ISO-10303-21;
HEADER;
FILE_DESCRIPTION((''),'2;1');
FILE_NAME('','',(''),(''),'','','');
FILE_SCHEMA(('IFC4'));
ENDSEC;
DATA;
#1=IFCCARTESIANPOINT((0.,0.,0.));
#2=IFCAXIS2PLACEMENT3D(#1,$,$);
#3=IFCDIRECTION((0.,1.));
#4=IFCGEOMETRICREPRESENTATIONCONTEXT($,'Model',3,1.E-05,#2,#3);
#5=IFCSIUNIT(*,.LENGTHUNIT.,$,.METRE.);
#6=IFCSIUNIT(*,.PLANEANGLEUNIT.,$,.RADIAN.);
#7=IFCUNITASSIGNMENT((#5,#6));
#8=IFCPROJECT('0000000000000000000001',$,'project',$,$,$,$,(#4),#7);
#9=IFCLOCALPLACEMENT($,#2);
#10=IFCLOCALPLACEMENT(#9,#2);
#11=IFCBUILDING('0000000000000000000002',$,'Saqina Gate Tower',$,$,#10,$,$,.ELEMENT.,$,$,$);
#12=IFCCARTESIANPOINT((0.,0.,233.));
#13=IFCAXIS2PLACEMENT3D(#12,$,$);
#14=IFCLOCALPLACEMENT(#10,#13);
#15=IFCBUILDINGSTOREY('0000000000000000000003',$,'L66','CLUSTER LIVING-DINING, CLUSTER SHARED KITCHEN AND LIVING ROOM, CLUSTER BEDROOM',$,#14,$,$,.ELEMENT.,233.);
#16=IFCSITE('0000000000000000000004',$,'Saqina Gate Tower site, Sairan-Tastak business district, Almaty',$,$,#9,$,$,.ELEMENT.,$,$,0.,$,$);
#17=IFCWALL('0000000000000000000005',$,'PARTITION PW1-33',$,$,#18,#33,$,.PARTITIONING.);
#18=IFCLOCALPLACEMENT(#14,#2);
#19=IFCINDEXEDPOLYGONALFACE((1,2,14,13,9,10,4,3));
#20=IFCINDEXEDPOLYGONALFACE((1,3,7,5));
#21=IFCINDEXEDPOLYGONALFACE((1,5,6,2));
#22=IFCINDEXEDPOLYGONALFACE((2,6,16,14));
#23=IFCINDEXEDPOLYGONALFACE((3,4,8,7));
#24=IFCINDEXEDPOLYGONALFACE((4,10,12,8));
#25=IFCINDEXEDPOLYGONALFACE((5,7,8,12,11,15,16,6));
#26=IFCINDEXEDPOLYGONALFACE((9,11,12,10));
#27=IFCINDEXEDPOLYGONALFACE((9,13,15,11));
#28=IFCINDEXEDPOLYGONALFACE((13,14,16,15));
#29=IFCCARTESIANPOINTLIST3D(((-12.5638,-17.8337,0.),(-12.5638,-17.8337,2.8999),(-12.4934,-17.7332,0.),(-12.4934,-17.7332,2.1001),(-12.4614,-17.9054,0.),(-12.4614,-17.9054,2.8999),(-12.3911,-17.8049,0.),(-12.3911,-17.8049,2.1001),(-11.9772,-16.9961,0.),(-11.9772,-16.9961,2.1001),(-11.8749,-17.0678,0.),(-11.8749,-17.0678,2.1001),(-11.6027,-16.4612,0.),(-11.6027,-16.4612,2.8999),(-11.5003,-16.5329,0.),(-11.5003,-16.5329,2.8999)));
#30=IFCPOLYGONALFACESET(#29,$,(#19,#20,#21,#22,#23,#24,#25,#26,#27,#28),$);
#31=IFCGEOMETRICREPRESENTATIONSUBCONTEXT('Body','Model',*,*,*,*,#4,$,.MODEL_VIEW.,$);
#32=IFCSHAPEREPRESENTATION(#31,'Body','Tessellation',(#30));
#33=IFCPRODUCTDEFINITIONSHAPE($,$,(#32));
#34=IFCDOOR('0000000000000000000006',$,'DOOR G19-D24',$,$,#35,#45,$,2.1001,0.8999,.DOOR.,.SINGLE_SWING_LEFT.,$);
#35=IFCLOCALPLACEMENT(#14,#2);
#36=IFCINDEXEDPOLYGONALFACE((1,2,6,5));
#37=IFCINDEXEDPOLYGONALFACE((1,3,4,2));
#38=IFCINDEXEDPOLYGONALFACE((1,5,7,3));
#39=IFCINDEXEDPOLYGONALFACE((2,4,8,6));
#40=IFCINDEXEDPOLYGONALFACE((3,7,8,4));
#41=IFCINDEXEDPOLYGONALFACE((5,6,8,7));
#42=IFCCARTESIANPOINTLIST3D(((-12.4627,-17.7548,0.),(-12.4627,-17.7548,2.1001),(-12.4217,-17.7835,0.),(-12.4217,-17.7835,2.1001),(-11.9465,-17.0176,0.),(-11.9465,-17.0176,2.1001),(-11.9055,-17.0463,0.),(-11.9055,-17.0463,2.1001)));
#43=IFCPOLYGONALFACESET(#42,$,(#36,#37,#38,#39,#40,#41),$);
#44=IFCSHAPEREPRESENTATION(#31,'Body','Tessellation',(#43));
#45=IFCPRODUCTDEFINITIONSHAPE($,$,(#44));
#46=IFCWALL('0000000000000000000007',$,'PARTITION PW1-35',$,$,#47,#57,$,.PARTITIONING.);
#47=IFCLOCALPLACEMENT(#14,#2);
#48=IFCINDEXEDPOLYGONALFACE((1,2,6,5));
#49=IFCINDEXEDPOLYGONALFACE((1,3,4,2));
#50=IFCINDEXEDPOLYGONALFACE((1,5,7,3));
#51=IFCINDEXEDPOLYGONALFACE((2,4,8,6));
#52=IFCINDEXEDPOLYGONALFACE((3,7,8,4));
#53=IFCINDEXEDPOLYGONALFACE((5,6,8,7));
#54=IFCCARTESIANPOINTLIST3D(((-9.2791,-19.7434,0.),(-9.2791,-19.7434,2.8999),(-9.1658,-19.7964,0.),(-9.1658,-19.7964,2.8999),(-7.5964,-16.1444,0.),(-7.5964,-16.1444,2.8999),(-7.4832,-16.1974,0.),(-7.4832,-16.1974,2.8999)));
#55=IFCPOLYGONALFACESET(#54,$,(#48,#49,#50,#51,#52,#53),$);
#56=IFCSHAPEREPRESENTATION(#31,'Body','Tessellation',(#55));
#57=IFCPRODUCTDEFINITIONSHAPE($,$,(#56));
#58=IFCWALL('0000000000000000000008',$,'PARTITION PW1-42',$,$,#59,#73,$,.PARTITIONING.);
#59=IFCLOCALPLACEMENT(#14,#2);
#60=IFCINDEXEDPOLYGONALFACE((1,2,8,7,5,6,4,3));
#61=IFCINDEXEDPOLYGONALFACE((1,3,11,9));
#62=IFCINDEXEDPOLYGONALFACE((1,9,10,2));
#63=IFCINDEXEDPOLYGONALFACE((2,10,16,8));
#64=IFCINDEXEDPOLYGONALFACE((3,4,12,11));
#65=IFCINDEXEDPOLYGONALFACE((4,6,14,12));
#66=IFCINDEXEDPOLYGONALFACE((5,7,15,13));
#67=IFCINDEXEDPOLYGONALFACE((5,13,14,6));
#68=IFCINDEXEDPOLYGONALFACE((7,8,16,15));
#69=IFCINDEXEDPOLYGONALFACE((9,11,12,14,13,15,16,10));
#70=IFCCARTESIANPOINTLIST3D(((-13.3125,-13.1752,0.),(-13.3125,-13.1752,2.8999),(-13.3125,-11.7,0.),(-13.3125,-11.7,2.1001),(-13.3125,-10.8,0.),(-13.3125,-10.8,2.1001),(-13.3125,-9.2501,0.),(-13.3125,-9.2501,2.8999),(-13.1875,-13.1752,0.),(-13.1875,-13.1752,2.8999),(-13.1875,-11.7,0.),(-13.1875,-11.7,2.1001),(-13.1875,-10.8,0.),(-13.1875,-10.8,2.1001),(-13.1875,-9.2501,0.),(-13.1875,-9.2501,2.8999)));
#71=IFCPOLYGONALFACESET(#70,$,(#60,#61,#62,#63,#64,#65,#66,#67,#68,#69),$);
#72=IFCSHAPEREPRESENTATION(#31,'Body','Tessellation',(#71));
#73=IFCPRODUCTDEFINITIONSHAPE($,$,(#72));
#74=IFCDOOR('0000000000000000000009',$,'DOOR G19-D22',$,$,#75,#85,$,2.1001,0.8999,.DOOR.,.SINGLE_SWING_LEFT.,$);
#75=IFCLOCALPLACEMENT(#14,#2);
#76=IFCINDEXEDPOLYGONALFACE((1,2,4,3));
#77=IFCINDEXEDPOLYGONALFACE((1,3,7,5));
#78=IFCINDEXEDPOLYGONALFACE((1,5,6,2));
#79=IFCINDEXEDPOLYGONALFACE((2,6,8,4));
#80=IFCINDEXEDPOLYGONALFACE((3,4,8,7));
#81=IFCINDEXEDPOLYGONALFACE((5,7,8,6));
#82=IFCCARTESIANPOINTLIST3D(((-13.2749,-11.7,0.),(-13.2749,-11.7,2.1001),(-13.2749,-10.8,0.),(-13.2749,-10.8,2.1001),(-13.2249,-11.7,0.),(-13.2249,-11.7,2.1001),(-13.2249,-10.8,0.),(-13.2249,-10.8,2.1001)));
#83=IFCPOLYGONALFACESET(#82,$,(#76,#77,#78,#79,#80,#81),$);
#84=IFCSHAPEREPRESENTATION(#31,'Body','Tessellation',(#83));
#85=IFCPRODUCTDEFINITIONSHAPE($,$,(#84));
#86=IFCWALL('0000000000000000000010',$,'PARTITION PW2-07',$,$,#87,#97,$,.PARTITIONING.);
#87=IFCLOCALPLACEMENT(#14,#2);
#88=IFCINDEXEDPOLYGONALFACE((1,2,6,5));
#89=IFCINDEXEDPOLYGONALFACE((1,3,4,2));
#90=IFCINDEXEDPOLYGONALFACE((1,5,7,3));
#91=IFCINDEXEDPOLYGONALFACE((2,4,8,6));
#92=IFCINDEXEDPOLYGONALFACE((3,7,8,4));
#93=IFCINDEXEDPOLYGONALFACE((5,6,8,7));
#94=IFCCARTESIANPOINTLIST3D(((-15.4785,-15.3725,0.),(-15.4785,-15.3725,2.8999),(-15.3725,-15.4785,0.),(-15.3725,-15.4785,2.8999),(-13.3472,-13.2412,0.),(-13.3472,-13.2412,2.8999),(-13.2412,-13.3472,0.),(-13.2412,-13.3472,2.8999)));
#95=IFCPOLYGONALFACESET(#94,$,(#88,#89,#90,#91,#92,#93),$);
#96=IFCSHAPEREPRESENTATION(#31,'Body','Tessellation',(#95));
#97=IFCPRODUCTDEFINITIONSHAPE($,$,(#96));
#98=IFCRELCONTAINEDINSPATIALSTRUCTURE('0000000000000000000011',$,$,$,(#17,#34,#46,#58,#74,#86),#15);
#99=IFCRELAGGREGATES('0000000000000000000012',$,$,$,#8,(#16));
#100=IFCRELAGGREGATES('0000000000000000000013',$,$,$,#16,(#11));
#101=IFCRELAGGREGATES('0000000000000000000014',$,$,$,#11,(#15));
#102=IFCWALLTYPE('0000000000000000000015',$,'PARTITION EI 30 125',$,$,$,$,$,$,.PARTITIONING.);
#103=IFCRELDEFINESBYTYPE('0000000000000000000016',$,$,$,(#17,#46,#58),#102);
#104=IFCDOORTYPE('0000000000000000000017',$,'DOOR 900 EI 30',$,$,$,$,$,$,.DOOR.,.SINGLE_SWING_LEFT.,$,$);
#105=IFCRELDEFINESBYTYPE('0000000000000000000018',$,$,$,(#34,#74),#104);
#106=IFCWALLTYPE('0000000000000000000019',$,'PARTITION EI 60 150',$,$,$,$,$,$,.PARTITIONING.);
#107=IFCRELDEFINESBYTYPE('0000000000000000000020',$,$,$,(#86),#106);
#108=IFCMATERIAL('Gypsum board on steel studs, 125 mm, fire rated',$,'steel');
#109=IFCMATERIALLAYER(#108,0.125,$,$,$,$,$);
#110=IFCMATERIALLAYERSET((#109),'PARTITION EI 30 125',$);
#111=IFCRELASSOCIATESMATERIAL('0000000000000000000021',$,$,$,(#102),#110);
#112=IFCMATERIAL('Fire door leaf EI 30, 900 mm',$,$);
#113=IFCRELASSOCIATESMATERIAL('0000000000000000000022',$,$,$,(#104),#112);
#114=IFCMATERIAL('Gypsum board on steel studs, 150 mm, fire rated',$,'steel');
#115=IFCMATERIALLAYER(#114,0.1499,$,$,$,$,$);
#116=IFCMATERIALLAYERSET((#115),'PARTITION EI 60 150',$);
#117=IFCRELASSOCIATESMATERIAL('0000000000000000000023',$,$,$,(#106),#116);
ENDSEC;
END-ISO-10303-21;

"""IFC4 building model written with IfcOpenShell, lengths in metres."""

from ifc_helpers import new_model, si_unit, direction, frame, frame_2d, origin, place, context, subcontext, project, spatial, rectangle, extrude, material, layer, layer_set, type_object, element, fill, save


model = new_model("IFC4")

# Units and contexts
model_context = context("Model", 3, precision=1e-05, world=origin(), true_north=direction((0.0, 1.0)))
body_context = subcontext(model_context, "Body", "Model", "MODEL_VIEW")
ifc_project = project(units=[si_unit("LENGTHUNIT", "METRE"), si_unit("PLANEANGLEUNIT", "RADIAN")], contexts=[model_context])

# Site, building, storey
site_placement = place(None, origin())
site = spatial("IfcSite", under=ifc_project, at=site_placement, Name="Saqina Gate Tower site, Sairan-Tastak business district, Almaty", CompositionType="ELEMENT", RefElevation=0.0)
building_placement = place(site_placement, origin())
building = spatial("IfcBuilding", under=site, at=building_placement, Name="Saqina Gate Tower", CompositionType="ELEMENT")
storey_placement = place(building_placement, frame((0.0, 0.0, 233.0)))
storey = spatial("IfcBuildingStorey", under=building, at=storey_placement, Name="L66", Description="CLUSTER LIVING-DINING, CLUSTER SHARED KITCHEN AND LIVING ROOM, CLUSTER BEDROOM", CompositionType="ELEMENT", Elevation=233.0)

# Shared definitions
ifc_material_1 = material(Name="Gypsum board on steel studs, 125 mm, fire rated", Category="steel")
ifc_layer_1 = layer(ifc_material_1, 0.125)
ifc_layer_set_1 = layer_set([ifc_layer_1], Name="PARTITION EI 30 125")
wall_type_1 = type_object("IfcWallType", Name="PARTITION EI 30 125", PredefinedType="PARTITIONING", material=ifc_layer_set_1)

# Wall, opening, door
ifc_material_2 = material(Name="Fire door leaf EI 30, 900 mm")
door_type_1 = type_object("IfcDoorType", Name="DOOR 900 EI 30", OperationType="SINGLE_SWING_LEFT", PredefinedType="DOOR", material=ifc_material_2)
wall_1_placement = place(storey_placement, frame((-12.5127, -17.8696, 0.0), z_axis=(0.0, 0.0, 1.0), x_axis=(0.573619, 0.819122, 0.0)))
wall_1 = element("IfcWall", 1, at=wall_1_placement, inside=storey, type_object=wall_type_1, Name="PARTITION PW1-33", PredefinedType="PARTITIONING", context=body_context, shape_type="SweptSolid", body=[
    extrude(rectangle(XDim=1.6755, YDim=0.125, at=frame_2d((0.8379, 0.0))), origin(), (0.0, 0.0, 1.0), 2.8999),
])
opening_1_placement = place(wall_1_placement, frame((0.1228, 0.0, 0.0)))
opening_1 = element("IfcOpeningElement", 2, at=opening_1_placement, cuts=wall_1, PredefinedType="OPENING", context=body_context, shape_type="SweptSolid", body=[
    extrude(rectangle(XDim=0.8999, YDim=2.1001, at=frame_2d((0.45, 1.05))), frame((0.0, 0.0745, 0.0), z_axis=(0.0, -1.0, 0.0), x_axis=(1.0, 0.0, 0.0)), (0.0, 0.0, 1.0), 0.1489),
])
door_1_placement = place(opening_1_placement, origin())
door_1 = element("IfcDoor", 3, at=door_1_placement, inside=storey, type_object=door_type_1, Name="DOOR G19-D24", OperationType="SINGLE_SWING_LEFT", OverallHeight=2.1001, OverallWidth=0.8999, PredefinedType="DOOR", context=body_context, shape_type="SweptSolid", body=[
    extrude(rectangle(XDim=0.8999, YDim=2.1001, at=frame_2d((0.45, 1.05))), frame((0.0, 0.0249, 0.0), z_axis=(0.0, -1.0, 0.0), x_axis=(1.0, 0.0, 0.0)), (0.0, 0.0, 1.0), 0.05),
])
fill(opening_1, door_1)

# Wall
wall_2_placement = place(storey_placement, frame((-9.2224, -19.7698, 0.0), z_axis=(0.0, 0.0, 1.0), x_axis=(0.423535, 0.90588, 0.0)))
element("IfcWall", 4, at=wall_2_placement, inside=storey, type_object=wall_type_1, Name="PARTITION PW1-35", PredefinedType="PARTITIONING", context=body_context, shape_type="SweptSolid", body=[
    extrude(rectangle(XDim=3.9729, YDim=0.125, at=frame_2d((1.9863, 0.0))), origin(), (0.0, 0.0, 1.0), 2.8999),
])

# Wall, opening, door
wall_3_placement = place(storey_placement, frame((-13.25, -13.175, 0.0), z_axis=(0.0, 0.0, 1.0), x_axis=(0.0, 1.0, 0.0)))
wall_3 = element("IfcWall", 5, at=wall_3_placement, inside=storey, type_object=wall_type_1, Name="PARTITION PW1-42", PredefinedType="PARTITIONING", context=body_context, shape_type="SweptSolid", body=[
    extrude(rectangle(XDim=3.925, YDim=0.125, at=frame_2d((1.9624, 0.0))), origin(), (0.0, 0.0, 1.0), 2.8999),
])
opening_2_placement = place(wall_3_placement, frame((1.4751, 0.0, 0.0)))
opening_2 = element("IfcOpeningElement", 6, at=opening_2_placement, cuts=wall_3, PredefinedType="OPENING", context=body_context, shape_type="SweptSolid", body=[
    extrude(rectangle(XDim=0.8999, YDim=2.1001, at=frame_2d((0.45, 1.05))), frame((0.0, 0.0745, 0.0), z_axis=(0.0, -1.0, 0.0), x_axis=(1.0, 0.0, 0.0)), (0.0, 0.0, 1.0), 0.1489),
])
door_2_placement = place(opening_2_placement, origin())
door_2 = element("IfcDoor", 7, at=door_2_placement, inside=storey, type_object=door_type_1, Name="DOOR G19-D22", OperationType="SINGLE_SWING_LEFT", OverallHeight=2.1001, OverallWidth=0.8999, PredefinedType="DOOR", context=body_context, shape_type="SweptSolid", body=[
    extrude(rectangle(XDim=0.8999, YDim=2.1001, at=frame_2d((0.45, 1.05))), frame((0.0, 0.0249, 0.0), z_axis=(0.0, -1.0, 0.0), x_axis=(1.0, 0.0, 0.0)), (0.0, 0.0, 1.0), 0.05),
])
fill(opening_2, door_2)

# Wall
ifc_material_3 = material(Name="Gypsum board on steel studs, 150 mm, fire rated", Category="steel")
ifc_layer_2 = layer(ifc_material_3, 0.1499)
ifc_layer_set_2 = layer_set([ifc_layer_2], Name="PARTITION EI 60 150")
wall_type_2 = type_object("IfcWallType", Name="PARTITION EI 60 150", PredefinedType="PARTITIONING", material=ifc_layer_set_2)
wall_4_placement = place(storey_placement, frame((-15.4255, -15.4255, 0.0), z_axis=(0.0, 0.0, 1.0), x_axis=(0.707107, 0.707107, 0.0)))
element("IfcWall", 8, at=wall_4_placement, inside=storey, type_object=wall_type_2, Name="PARTITION PW2-07", PredefinedType="PARTITIONING", context=body_context, shape_type="SweptSolid", body=[
    extrude(rectangle(XDim=3.0142, YDim=0.1499, at=frame_2d((1.5071, 0.0))), origin(), (0.0, 0.0, 1.0), 2.8999),
])

save(model, "model.ifc")
